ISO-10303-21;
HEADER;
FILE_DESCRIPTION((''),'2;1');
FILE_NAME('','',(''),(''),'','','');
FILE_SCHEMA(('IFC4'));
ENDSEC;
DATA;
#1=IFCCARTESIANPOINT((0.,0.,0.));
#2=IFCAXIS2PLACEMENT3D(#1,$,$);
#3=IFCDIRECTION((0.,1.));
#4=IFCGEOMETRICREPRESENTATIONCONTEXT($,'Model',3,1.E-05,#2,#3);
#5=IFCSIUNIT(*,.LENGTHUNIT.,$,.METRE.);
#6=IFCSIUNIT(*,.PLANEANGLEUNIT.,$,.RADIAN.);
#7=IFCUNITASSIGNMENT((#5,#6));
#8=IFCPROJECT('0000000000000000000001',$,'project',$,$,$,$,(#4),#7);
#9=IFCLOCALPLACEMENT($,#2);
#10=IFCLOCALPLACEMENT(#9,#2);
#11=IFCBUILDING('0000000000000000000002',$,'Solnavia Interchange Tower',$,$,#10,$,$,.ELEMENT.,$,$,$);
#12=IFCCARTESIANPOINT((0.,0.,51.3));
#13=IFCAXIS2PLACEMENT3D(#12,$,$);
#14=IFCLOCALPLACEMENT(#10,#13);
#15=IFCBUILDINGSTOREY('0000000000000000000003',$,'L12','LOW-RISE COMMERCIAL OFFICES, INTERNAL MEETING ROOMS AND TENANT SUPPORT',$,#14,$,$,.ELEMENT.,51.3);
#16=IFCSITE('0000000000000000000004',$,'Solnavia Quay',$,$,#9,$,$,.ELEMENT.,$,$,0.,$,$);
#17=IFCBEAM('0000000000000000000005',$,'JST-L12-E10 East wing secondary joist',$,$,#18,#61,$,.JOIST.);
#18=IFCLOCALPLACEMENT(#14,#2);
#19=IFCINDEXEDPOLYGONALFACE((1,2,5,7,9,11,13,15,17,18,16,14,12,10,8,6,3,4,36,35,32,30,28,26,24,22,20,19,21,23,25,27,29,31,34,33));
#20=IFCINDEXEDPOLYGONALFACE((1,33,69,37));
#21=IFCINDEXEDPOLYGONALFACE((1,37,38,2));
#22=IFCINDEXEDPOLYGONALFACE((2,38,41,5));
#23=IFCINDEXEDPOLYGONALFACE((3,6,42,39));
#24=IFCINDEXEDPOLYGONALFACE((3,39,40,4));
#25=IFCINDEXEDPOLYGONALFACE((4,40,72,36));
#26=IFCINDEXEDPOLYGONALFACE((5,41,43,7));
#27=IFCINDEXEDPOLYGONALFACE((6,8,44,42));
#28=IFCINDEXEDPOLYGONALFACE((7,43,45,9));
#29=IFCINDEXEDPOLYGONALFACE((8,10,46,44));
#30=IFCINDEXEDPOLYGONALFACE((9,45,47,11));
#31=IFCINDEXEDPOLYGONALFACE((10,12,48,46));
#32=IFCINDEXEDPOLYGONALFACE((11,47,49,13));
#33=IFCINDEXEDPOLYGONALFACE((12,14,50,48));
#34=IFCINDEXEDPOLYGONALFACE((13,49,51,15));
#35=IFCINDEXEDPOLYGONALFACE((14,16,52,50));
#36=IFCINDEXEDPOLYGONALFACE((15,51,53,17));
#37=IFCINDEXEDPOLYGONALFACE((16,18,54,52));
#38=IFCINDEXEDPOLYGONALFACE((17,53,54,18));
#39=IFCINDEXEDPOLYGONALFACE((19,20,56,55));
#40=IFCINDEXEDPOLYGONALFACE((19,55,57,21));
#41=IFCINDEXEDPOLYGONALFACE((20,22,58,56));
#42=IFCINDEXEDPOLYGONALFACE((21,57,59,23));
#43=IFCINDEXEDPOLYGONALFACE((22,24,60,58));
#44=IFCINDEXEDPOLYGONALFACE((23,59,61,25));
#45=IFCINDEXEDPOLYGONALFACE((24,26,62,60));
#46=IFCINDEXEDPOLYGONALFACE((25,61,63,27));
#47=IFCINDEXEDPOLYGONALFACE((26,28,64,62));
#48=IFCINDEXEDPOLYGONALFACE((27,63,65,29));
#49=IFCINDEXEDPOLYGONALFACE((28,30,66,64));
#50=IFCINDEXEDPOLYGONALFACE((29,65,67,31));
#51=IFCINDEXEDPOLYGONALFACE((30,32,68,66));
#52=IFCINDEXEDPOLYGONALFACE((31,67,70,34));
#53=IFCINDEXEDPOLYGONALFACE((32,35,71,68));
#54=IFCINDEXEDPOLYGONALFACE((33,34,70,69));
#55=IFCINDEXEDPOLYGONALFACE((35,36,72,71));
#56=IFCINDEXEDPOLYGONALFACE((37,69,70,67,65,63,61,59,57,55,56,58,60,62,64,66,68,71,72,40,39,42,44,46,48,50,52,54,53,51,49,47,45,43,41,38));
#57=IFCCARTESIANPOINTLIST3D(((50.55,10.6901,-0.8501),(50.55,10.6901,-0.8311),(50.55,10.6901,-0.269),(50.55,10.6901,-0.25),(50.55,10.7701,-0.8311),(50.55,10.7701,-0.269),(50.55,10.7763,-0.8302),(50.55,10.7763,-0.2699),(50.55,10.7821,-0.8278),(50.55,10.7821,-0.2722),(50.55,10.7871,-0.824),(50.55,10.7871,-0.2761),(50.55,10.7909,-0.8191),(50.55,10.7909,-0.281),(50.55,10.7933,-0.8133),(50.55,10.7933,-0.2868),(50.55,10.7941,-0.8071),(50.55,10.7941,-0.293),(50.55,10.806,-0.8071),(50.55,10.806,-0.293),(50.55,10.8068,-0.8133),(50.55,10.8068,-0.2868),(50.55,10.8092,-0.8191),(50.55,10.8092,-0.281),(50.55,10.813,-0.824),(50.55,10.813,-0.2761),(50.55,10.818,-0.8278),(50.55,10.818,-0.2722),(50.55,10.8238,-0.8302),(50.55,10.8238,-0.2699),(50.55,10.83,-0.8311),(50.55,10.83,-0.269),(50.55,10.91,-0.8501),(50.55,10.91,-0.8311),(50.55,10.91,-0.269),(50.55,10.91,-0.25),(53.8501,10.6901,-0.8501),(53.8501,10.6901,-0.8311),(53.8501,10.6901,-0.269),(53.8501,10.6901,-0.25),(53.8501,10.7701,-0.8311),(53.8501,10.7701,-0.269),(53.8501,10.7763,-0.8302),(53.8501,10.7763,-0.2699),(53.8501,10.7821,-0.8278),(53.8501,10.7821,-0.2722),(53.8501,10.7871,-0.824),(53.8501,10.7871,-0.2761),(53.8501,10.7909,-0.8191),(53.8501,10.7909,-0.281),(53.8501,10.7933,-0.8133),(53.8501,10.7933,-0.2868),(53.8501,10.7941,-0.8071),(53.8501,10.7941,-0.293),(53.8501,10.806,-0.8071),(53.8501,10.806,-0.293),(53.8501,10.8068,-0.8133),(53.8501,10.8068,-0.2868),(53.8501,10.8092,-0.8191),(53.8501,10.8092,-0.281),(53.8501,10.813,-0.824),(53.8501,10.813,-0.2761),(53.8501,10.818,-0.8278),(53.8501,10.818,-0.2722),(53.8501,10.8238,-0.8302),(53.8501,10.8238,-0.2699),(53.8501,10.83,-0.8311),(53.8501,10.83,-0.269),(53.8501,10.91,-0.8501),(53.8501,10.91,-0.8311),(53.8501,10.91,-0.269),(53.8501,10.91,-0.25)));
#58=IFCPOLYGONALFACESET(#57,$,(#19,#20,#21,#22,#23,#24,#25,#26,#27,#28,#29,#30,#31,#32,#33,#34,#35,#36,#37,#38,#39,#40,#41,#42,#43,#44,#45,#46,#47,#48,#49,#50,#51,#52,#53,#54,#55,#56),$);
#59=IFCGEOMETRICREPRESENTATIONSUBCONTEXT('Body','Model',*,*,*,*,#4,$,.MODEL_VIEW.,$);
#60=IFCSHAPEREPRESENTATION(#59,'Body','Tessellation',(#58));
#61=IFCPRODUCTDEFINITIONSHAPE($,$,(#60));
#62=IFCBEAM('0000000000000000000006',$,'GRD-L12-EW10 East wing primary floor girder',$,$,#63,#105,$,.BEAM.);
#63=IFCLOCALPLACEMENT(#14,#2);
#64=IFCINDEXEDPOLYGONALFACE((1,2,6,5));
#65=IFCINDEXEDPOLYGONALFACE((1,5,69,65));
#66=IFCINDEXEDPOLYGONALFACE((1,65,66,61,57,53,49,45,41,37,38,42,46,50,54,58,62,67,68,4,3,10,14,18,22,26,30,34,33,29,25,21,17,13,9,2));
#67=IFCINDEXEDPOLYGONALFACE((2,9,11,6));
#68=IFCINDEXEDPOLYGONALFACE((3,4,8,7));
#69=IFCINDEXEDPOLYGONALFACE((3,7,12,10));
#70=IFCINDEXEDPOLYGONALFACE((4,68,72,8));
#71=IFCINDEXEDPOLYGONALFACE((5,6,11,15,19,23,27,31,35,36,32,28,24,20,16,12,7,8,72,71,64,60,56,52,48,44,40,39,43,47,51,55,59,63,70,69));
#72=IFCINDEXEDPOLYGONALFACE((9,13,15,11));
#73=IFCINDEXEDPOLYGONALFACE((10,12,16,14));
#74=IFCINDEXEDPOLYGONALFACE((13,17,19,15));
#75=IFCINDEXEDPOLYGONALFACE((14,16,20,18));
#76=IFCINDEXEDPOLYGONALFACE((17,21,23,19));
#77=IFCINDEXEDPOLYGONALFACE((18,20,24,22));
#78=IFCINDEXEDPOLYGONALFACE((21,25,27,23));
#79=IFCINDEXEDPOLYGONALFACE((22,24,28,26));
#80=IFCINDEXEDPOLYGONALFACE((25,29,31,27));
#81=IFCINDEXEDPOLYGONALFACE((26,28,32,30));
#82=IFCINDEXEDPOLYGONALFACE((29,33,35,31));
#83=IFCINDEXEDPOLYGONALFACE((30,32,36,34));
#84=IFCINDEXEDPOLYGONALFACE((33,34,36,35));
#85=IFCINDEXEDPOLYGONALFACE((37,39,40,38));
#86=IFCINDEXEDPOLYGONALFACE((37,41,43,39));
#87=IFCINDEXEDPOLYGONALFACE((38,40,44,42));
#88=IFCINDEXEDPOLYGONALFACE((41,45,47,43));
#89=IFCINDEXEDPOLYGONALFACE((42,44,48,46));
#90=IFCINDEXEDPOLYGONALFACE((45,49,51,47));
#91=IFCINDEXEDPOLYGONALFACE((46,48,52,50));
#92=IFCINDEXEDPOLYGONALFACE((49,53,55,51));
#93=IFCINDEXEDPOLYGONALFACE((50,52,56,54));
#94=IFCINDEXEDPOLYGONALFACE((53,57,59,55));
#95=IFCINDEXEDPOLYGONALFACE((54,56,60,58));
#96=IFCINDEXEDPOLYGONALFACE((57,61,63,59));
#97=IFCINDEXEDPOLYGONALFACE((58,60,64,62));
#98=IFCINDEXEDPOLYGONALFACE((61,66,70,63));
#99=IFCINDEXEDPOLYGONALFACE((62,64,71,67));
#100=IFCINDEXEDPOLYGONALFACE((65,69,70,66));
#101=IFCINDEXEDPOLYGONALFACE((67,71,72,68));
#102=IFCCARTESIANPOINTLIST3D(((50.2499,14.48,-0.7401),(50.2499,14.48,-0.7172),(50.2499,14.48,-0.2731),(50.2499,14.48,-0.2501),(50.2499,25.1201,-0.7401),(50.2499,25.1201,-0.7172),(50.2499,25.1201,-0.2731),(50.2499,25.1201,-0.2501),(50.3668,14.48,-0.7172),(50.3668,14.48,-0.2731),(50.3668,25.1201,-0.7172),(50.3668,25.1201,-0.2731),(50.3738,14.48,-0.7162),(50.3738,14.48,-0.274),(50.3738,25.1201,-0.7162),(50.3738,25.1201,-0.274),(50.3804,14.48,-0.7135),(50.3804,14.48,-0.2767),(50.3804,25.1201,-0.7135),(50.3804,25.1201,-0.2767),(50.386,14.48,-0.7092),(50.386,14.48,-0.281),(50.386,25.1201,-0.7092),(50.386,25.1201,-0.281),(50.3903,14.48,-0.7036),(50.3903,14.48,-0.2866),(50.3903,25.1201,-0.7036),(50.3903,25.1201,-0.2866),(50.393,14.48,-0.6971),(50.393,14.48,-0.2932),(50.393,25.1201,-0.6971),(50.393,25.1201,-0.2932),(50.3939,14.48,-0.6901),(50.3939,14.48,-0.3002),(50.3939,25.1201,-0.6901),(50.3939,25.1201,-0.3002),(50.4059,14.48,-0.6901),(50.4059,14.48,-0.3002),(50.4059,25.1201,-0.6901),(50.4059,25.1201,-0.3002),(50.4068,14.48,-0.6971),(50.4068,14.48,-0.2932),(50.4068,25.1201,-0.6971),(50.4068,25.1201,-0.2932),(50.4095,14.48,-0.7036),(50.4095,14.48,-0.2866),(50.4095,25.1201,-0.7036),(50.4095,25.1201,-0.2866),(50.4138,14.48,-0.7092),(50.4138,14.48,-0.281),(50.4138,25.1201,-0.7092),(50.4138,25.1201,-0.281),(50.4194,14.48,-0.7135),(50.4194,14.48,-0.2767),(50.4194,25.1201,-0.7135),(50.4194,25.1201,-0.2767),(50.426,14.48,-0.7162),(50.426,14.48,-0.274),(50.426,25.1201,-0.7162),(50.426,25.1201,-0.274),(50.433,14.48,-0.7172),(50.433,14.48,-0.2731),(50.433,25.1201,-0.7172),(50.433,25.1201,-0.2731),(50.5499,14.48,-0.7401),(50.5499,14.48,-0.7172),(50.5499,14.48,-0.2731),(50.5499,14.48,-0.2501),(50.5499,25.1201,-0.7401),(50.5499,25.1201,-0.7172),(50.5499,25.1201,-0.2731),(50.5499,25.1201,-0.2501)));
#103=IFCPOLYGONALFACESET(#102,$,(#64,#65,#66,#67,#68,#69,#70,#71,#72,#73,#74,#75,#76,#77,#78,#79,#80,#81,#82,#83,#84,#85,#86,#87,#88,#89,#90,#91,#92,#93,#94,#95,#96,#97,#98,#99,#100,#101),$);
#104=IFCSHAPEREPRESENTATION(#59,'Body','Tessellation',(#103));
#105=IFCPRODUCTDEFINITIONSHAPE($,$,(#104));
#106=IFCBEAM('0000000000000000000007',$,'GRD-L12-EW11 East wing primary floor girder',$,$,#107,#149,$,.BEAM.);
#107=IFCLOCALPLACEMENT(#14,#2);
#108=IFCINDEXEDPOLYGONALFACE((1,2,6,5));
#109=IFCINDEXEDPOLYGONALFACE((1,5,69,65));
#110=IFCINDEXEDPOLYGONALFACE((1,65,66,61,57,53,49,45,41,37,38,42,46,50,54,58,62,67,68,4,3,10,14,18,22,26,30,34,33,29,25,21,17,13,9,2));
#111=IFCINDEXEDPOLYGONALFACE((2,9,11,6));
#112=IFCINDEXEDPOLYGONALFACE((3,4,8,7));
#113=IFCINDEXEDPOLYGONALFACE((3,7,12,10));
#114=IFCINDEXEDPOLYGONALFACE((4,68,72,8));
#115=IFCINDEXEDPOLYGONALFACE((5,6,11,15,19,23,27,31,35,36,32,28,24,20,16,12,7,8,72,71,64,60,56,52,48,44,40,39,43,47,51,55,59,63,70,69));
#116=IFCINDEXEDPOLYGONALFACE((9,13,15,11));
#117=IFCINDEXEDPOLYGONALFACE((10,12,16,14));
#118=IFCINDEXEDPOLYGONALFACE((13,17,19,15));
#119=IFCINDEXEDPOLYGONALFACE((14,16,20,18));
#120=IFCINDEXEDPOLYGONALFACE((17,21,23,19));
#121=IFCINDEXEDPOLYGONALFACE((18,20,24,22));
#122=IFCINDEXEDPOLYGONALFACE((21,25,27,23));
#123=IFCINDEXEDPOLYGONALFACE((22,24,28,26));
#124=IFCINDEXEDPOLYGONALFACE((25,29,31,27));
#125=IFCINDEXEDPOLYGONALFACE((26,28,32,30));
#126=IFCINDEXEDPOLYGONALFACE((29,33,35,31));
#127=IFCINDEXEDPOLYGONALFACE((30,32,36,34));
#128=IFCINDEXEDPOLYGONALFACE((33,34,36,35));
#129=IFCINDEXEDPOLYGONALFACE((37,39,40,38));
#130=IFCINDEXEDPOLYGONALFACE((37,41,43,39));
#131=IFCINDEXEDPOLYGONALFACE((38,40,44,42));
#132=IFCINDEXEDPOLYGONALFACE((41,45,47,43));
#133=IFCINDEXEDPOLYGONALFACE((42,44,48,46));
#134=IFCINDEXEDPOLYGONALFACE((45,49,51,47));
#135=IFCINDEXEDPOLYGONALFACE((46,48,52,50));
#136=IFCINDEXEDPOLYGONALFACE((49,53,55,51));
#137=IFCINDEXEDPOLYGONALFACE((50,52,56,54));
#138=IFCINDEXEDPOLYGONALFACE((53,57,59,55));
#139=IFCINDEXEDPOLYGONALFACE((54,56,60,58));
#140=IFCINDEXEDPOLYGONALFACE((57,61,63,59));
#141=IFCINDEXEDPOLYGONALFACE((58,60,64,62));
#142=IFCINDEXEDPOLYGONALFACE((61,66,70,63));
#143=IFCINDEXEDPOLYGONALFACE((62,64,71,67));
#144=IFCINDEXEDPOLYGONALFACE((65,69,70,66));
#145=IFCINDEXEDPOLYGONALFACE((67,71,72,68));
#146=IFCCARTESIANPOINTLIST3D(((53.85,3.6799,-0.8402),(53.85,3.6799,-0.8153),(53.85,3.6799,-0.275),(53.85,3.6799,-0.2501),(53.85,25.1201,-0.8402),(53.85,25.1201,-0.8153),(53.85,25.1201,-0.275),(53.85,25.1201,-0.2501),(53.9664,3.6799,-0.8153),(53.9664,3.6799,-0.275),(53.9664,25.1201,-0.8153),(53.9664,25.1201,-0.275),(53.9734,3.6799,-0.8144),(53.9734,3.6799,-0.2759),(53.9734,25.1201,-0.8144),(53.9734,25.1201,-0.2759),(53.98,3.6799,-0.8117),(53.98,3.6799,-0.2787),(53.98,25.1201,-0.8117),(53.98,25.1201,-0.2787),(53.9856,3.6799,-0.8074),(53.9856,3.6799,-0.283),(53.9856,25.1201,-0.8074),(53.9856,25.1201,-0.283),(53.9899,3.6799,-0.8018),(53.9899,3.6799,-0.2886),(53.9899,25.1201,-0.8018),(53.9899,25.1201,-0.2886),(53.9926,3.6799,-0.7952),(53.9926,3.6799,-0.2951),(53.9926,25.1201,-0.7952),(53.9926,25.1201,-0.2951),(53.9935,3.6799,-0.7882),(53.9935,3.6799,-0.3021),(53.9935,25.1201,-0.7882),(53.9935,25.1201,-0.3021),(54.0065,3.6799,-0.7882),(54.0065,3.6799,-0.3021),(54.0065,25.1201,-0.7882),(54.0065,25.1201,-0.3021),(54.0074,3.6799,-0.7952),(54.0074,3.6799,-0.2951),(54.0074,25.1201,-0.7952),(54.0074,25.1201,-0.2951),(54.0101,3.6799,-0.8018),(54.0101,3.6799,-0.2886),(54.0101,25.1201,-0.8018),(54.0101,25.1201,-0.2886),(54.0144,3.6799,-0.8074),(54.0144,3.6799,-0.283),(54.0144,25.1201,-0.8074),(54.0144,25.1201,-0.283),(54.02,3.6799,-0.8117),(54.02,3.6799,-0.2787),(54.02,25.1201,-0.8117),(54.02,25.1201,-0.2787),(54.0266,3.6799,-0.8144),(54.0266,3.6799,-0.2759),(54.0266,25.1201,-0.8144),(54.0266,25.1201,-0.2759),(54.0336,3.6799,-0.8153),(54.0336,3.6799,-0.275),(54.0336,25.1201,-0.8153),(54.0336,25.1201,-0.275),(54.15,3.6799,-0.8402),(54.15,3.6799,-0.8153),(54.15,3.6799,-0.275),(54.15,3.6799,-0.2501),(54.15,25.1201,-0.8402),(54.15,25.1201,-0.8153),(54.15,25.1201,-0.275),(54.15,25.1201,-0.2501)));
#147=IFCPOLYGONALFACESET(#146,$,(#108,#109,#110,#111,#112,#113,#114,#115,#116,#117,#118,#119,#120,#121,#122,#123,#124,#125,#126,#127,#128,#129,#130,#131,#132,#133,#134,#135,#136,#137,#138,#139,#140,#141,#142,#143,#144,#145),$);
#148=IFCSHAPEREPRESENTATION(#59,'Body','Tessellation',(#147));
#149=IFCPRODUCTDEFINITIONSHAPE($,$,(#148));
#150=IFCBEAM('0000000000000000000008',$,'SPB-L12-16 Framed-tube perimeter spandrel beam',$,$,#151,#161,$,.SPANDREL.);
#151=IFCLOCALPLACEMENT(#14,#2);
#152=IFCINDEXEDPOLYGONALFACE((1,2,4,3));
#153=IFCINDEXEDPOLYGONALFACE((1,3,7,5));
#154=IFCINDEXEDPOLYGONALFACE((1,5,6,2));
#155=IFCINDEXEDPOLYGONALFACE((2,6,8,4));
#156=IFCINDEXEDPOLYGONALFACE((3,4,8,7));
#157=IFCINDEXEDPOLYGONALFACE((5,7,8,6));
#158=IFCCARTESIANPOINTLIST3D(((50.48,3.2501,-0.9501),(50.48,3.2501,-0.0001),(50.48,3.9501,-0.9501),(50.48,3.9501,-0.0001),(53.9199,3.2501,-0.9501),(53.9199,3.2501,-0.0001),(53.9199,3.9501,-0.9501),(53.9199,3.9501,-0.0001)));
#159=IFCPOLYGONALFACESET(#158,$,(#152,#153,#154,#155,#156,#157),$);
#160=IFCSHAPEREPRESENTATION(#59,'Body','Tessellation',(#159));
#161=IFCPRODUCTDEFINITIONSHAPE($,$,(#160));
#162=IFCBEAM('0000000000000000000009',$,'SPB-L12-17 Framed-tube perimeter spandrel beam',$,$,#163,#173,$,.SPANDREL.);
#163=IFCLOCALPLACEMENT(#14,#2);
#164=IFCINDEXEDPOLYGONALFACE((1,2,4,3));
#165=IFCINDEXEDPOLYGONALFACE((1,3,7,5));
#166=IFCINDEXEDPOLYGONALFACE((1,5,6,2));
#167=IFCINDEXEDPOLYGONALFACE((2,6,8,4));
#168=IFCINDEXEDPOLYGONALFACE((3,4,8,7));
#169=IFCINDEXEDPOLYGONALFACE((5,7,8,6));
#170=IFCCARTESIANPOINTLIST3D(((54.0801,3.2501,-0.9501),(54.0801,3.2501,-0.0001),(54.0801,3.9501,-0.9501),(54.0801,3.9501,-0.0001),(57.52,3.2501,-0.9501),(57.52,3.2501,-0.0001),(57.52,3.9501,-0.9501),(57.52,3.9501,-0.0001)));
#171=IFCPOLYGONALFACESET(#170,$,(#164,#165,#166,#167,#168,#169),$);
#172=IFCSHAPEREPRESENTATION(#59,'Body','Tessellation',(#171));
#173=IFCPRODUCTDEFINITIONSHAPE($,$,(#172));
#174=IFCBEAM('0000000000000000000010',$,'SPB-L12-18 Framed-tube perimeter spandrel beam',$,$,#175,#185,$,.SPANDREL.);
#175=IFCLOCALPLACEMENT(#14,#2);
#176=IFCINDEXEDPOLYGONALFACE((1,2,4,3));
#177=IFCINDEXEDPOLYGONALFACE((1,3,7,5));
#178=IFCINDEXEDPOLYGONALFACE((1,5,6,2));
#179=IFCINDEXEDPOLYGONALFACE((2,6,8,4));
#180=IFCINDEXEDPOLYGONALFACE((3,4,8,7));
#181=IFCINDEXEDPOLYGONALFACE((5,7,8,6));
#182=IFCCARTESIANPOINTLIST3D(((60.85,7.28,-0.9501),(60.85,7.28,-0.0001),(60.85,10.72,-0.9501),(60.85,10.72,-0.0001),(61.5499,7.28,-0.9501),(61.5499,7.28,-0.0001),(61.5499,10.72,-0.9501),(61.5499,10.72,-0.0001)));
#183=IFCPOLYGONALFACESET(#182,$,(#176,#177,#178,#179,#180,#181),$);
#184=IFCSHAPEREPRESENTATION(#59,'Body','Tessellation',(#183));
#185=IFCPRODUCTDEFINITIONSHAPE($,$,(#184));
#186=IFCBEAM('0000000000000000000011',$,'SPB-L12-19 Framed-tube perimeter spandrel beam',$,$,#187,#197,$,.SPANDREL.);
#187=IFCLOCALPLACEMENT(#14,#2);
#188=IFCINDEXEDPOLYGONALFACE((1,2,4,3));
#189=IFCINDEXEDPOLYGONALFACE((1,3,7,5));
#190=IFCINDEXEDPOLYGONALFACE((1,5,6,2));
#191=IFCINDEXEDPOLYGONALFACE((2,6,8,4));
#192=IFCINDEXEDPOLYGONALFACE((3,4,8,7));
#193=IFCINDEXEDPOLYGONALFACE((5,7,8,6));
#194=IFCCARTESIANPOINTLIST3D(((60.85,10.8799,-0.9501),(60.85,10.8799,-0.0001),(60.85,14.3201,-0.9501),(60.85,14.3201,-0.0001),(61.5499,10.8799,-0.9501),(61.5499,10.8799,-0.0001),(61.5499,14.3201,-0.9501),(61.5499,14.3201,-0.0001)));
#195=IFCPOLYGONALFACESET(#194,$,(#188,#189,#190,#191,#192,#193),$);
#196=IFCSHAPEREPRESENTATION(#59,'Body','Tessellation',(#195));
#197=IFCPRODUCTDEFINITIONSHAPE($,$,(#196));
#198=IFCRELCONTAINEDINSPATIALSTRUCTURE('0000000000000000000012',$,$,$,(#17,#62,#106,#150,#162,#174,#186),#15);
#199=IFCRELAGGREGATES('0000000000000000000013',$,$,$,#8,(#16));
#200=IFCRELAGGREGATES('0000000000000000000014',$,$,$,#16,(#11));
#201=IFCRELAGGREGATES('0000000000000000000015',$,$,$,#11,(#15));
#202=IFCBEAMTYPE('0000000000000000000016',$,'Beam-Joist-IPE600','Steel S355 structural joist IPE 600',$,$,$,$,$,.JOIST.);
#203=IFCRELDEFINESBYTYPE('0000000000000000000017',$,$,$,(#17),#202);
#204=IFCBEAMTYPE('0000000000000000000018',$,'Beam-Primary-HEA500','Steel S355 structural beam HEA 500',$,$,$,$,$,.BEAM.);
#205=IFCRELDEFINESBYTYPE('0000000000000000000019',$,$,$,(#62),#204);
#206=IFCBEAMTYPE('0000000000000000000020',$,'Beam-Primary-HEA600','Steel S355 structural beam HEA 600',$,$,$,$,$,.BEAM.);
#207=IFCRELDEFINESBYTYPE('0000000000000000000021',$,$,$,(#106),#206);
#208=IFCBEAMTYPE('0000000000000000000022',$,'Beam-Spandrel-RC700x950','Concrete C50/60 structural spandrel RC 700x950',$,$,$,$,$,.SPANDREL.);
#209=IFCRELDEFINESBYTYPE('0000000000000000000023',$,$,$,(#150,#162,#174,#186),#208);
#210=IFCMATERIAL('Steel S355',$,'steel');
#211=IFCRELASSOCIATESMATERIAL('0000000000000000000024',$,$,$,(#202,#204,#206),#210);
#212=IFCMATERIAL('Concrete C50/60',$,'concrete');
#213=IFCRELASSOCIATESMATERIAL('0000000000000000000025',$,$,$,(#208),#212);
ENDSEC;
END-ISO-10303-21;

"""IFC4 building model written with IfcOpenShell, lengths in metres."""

from ifc_helpers import new_model, si_unit, direction, frame, origin, origin_2d, place, context, subcontext, project, spatial, rectangle, i_section, extrude, material, material_profile, profile_set, type_object, element, save


model = new_model("IFC4")

# Units and contexts
model_context = context("Model", 3, precision=1e-05, world=origin(), true_north=direction((0.0, 1.0)))
body_context = subcontext(model_context, "Body", "Model", "MODEL_VIEW")
ifc_project = project(units=[si_unit("LENGTHUNIT", "METRE"), si_unit("PLANEANGLEUNIT", "RADIAN")], contexts=[model_context])

# Site, building, storey
site_placement = place(None, origin())
site = spatial("IfcSite", under=ifc_project, at=site_placement, Name="Solnavia Quay", CompositionType="ELEMENT", RefElevation=0.0)
building_placement = place(site_placement, origin())
building = spatial("IfcBuilding", under=site, at=building_placement, Name="Solnavia Interchange Tower", CompositionType="ELEMENT")
storey_placement = place(building_placement, frame((0.0, 0.0, 51.3)))
storey = spatial("IfcBuildingStorey", under=building, at=storey_placement, Name="L12", Description="LOW-RISE COMMERCIAL OFFICES, INTERNAL MEETING ROOMS AND TENANT SUPPORT", CompositionType="ELEMENT", Elevation=51.3)

# Beams
ifc_material_1 = material(Name="Steel S355", Category="steel")
ifc_material_profile_1 = material_profile(ifc_material_1, i_section(OverallWidth=0.22, OverallDepth=0.6001, WebThickness=0.012, FlangeThickness=0.019, FilletRadius=0.0239, at=origin_2d()), Name="IPE 600")
ifc_profile_set_1 = profile_set([ifc_material_profile_1], Name="Steel S355")
beam_type_1 = type_object("IfcBeamType", Name="Beam-Joist-IPE600", Description="Steel S355 structural joist IPE 600", PredefinedType="JOIST", material=ifc_profile_set_1)
beam_1_placement = place(storey_placement, frame((50.55, 10.8, -0.55), z_axis=(1.0, 0.0, 0.0), x_axis=(0.0, 1.0, 0.0)))
element("IfcBeam", 1, at=beam_1_placement, inside=storey, type_object=beam_type_1, Name="JST-L12-E10 East wing secondary joist", PredefinedType="JOIST", context=body_context, shape_type="SweptSolid", body=[
    extrude(i_section(OverallWidth=0.22, OverallDepth=0.6001, WebThickness=0.012, FlangeThickness=0.019, FilletRadius=0.0239, at=origin_2d()), origin(), (0.0, 0.0, 1.0), 3.3),
])
ifc_material_profile_2 = material_profile(ifc_material_1, i_section(OverallWidth=0.3, OverallDepth=0.49, WebThickness=0.012, FlangeThickness=0.0229, FilletRadius=0.0271, at=origin_2d()), Name="HEA 500")
ifc_profile_set_2 = profile_set([ifc_material_profile_2], Name="Steel S355")
beam_type_2 = type_object("IfcBeamType", Name="Beam-Primary-HEA500", Description="Steel S355 structural beam HEA 500", PredefinedType="BEAM", material=ifc_profile_set_2)
beam_2_placement = place(storey_placement, frame((50.3999, 14.48, -0.4951), z_axis=(0.0, 1.0, 0.0), x_axis=(-1.0, 0.0, 0.0)))
element("IfcBeam", 2, at=beam_2_placement, inside=storey, type_object=beam_type_2, Name="GRD-L12-EW10 East wing primary floor girder", PredefinedType="BEAM", context=body_context, shape_type="SweptSolid", body=[
    extrude(i_section(OverallWidth=0.3, OverallDepth=0.49, WebThickness=0.012, FlangeThickness=0.0229, FilletRadius=0.0271, at=origin_2d()), origin(), (0.0, 0.0, 1.0), 10.6401),
])
ifc_material_profile_3 = material_profile(ifc_material_1, i_section(OverallWidth=0.3, OverallDepth=0.5901, WebThickness=0.0129, FlangeThickness=0.0249, FilletRadius=0.0271, at=origin_2d()), Name="HEA 600")
ifc_profile_set_3 = profile_set([ifc_material_profile_3], Name="Steel S355")
beam_type_3 = type_object("IfcBeamType", Name="Beam-Primary-HEA600", Description="Steel S355 structural beam HEA 600", PredefinedType="BEAM", material=ifc_profile_set_3)
beam_3_placement = place(storey_placement, frame((54.0, 3.6799, -0.5452), z_axis=(0.0, 1.0, 0.0), x_axis=(-1.0, 0.0, 0.0)))
element("IfcBeam", 3, at=beam_3_placement, inside=storey, type_object=beam_type_3, Name="GRD-L12-EW11 East wing primary floor girder", PredefinedType="BEAM", context=body_context, shape_type="SweptSolid", body=[
    extrude(i_section(OverallWidth=0.3, OverallDepth=0.5901, WebThickness=0.0129, FlangeThickness=0.0249, FilletRadius=0.0271, at=origin_2d()), origin(), (0.0, 0.0, 1.0), 21.4402),
])
ifc_material_2 = material(Name="Concrete C50/60", Category="concrete")
ifc_material_profile_4 = material_profile(ifc_material_2, rectangle(XDim=0.7, YDim=0.95, at=origin_2d()), Name="RC 700x950")
ifc_profile_set_4 = profile_set([ifc_material_profile_4], Name="Concrete C50/60")
beam_type_4 = type_object("IfcBeamType", Name="Beam-Spandrel-RC700x950", Description="Concrete C50/60 structural spandrel RC 700x950", PredefinedType="SPANDREL", material=ifc_profile_set_4)
for number, where, z_axis, x_axis, name in (
    (4, (50.48, 3.6001, -0.4751), (1.0, 0.0, 0.0), (0.0, 1.0, 0.0), "SPB-L12-16 Framed-tube perimeter spandrel beam"),
    (5, (54.0801, 3.6001, -0.4751), (1.0, 0.0, 0.0), (0.0, 1.0, 0.0), "SPB-L12-17 Framed-tube perimeter spandrel beam"),
    (6, (61.2, 7.28, -0.4751), (0.0, 1.0, 0.0), (-1.0, 0.0, 0.0), "SPB-L12-18 Framed-tube perimeter spandrel beam"),
):
    element("IfcBeam", number, at=place(storey_placement, frame(where, z_axis=z_axis, x_axis=x_axis)), inside=storey, type_object=beam_type_4, Name=name, PredefinedType="SPANDREL", context=body_context, shape_type="SweptSolid", body=[
        extrude(rectangle(XDim=0.7, YDim=0.95, at=origin_2d()), origin(), (0.0, 0.0, 1.0), 3.4399),
    ])
beam_4_placement = place(storey_placement, frame((61.2, 10.8799, -0.4751), z_axis=(0.0, 1.0, 0.0), x_axis=(-1.0, 0.0, 0.0)))
element("IfcBeam", 7, at=beam_4_placement, inside=storey, type_object=beam_type_4, Name="SPB-L12-19 Framed-tube perimeter spandrel beam", PredefinedType="SPANDREL", context=body_context, shape_type="SweptSolid", body=[
    extrude(rectangle(XDim=0.7, YDim=0.95, at=origin_2d()), origin(), (0.0, 0.0, 1.0), 3.4402),
])

save(model, "model.ifc")
